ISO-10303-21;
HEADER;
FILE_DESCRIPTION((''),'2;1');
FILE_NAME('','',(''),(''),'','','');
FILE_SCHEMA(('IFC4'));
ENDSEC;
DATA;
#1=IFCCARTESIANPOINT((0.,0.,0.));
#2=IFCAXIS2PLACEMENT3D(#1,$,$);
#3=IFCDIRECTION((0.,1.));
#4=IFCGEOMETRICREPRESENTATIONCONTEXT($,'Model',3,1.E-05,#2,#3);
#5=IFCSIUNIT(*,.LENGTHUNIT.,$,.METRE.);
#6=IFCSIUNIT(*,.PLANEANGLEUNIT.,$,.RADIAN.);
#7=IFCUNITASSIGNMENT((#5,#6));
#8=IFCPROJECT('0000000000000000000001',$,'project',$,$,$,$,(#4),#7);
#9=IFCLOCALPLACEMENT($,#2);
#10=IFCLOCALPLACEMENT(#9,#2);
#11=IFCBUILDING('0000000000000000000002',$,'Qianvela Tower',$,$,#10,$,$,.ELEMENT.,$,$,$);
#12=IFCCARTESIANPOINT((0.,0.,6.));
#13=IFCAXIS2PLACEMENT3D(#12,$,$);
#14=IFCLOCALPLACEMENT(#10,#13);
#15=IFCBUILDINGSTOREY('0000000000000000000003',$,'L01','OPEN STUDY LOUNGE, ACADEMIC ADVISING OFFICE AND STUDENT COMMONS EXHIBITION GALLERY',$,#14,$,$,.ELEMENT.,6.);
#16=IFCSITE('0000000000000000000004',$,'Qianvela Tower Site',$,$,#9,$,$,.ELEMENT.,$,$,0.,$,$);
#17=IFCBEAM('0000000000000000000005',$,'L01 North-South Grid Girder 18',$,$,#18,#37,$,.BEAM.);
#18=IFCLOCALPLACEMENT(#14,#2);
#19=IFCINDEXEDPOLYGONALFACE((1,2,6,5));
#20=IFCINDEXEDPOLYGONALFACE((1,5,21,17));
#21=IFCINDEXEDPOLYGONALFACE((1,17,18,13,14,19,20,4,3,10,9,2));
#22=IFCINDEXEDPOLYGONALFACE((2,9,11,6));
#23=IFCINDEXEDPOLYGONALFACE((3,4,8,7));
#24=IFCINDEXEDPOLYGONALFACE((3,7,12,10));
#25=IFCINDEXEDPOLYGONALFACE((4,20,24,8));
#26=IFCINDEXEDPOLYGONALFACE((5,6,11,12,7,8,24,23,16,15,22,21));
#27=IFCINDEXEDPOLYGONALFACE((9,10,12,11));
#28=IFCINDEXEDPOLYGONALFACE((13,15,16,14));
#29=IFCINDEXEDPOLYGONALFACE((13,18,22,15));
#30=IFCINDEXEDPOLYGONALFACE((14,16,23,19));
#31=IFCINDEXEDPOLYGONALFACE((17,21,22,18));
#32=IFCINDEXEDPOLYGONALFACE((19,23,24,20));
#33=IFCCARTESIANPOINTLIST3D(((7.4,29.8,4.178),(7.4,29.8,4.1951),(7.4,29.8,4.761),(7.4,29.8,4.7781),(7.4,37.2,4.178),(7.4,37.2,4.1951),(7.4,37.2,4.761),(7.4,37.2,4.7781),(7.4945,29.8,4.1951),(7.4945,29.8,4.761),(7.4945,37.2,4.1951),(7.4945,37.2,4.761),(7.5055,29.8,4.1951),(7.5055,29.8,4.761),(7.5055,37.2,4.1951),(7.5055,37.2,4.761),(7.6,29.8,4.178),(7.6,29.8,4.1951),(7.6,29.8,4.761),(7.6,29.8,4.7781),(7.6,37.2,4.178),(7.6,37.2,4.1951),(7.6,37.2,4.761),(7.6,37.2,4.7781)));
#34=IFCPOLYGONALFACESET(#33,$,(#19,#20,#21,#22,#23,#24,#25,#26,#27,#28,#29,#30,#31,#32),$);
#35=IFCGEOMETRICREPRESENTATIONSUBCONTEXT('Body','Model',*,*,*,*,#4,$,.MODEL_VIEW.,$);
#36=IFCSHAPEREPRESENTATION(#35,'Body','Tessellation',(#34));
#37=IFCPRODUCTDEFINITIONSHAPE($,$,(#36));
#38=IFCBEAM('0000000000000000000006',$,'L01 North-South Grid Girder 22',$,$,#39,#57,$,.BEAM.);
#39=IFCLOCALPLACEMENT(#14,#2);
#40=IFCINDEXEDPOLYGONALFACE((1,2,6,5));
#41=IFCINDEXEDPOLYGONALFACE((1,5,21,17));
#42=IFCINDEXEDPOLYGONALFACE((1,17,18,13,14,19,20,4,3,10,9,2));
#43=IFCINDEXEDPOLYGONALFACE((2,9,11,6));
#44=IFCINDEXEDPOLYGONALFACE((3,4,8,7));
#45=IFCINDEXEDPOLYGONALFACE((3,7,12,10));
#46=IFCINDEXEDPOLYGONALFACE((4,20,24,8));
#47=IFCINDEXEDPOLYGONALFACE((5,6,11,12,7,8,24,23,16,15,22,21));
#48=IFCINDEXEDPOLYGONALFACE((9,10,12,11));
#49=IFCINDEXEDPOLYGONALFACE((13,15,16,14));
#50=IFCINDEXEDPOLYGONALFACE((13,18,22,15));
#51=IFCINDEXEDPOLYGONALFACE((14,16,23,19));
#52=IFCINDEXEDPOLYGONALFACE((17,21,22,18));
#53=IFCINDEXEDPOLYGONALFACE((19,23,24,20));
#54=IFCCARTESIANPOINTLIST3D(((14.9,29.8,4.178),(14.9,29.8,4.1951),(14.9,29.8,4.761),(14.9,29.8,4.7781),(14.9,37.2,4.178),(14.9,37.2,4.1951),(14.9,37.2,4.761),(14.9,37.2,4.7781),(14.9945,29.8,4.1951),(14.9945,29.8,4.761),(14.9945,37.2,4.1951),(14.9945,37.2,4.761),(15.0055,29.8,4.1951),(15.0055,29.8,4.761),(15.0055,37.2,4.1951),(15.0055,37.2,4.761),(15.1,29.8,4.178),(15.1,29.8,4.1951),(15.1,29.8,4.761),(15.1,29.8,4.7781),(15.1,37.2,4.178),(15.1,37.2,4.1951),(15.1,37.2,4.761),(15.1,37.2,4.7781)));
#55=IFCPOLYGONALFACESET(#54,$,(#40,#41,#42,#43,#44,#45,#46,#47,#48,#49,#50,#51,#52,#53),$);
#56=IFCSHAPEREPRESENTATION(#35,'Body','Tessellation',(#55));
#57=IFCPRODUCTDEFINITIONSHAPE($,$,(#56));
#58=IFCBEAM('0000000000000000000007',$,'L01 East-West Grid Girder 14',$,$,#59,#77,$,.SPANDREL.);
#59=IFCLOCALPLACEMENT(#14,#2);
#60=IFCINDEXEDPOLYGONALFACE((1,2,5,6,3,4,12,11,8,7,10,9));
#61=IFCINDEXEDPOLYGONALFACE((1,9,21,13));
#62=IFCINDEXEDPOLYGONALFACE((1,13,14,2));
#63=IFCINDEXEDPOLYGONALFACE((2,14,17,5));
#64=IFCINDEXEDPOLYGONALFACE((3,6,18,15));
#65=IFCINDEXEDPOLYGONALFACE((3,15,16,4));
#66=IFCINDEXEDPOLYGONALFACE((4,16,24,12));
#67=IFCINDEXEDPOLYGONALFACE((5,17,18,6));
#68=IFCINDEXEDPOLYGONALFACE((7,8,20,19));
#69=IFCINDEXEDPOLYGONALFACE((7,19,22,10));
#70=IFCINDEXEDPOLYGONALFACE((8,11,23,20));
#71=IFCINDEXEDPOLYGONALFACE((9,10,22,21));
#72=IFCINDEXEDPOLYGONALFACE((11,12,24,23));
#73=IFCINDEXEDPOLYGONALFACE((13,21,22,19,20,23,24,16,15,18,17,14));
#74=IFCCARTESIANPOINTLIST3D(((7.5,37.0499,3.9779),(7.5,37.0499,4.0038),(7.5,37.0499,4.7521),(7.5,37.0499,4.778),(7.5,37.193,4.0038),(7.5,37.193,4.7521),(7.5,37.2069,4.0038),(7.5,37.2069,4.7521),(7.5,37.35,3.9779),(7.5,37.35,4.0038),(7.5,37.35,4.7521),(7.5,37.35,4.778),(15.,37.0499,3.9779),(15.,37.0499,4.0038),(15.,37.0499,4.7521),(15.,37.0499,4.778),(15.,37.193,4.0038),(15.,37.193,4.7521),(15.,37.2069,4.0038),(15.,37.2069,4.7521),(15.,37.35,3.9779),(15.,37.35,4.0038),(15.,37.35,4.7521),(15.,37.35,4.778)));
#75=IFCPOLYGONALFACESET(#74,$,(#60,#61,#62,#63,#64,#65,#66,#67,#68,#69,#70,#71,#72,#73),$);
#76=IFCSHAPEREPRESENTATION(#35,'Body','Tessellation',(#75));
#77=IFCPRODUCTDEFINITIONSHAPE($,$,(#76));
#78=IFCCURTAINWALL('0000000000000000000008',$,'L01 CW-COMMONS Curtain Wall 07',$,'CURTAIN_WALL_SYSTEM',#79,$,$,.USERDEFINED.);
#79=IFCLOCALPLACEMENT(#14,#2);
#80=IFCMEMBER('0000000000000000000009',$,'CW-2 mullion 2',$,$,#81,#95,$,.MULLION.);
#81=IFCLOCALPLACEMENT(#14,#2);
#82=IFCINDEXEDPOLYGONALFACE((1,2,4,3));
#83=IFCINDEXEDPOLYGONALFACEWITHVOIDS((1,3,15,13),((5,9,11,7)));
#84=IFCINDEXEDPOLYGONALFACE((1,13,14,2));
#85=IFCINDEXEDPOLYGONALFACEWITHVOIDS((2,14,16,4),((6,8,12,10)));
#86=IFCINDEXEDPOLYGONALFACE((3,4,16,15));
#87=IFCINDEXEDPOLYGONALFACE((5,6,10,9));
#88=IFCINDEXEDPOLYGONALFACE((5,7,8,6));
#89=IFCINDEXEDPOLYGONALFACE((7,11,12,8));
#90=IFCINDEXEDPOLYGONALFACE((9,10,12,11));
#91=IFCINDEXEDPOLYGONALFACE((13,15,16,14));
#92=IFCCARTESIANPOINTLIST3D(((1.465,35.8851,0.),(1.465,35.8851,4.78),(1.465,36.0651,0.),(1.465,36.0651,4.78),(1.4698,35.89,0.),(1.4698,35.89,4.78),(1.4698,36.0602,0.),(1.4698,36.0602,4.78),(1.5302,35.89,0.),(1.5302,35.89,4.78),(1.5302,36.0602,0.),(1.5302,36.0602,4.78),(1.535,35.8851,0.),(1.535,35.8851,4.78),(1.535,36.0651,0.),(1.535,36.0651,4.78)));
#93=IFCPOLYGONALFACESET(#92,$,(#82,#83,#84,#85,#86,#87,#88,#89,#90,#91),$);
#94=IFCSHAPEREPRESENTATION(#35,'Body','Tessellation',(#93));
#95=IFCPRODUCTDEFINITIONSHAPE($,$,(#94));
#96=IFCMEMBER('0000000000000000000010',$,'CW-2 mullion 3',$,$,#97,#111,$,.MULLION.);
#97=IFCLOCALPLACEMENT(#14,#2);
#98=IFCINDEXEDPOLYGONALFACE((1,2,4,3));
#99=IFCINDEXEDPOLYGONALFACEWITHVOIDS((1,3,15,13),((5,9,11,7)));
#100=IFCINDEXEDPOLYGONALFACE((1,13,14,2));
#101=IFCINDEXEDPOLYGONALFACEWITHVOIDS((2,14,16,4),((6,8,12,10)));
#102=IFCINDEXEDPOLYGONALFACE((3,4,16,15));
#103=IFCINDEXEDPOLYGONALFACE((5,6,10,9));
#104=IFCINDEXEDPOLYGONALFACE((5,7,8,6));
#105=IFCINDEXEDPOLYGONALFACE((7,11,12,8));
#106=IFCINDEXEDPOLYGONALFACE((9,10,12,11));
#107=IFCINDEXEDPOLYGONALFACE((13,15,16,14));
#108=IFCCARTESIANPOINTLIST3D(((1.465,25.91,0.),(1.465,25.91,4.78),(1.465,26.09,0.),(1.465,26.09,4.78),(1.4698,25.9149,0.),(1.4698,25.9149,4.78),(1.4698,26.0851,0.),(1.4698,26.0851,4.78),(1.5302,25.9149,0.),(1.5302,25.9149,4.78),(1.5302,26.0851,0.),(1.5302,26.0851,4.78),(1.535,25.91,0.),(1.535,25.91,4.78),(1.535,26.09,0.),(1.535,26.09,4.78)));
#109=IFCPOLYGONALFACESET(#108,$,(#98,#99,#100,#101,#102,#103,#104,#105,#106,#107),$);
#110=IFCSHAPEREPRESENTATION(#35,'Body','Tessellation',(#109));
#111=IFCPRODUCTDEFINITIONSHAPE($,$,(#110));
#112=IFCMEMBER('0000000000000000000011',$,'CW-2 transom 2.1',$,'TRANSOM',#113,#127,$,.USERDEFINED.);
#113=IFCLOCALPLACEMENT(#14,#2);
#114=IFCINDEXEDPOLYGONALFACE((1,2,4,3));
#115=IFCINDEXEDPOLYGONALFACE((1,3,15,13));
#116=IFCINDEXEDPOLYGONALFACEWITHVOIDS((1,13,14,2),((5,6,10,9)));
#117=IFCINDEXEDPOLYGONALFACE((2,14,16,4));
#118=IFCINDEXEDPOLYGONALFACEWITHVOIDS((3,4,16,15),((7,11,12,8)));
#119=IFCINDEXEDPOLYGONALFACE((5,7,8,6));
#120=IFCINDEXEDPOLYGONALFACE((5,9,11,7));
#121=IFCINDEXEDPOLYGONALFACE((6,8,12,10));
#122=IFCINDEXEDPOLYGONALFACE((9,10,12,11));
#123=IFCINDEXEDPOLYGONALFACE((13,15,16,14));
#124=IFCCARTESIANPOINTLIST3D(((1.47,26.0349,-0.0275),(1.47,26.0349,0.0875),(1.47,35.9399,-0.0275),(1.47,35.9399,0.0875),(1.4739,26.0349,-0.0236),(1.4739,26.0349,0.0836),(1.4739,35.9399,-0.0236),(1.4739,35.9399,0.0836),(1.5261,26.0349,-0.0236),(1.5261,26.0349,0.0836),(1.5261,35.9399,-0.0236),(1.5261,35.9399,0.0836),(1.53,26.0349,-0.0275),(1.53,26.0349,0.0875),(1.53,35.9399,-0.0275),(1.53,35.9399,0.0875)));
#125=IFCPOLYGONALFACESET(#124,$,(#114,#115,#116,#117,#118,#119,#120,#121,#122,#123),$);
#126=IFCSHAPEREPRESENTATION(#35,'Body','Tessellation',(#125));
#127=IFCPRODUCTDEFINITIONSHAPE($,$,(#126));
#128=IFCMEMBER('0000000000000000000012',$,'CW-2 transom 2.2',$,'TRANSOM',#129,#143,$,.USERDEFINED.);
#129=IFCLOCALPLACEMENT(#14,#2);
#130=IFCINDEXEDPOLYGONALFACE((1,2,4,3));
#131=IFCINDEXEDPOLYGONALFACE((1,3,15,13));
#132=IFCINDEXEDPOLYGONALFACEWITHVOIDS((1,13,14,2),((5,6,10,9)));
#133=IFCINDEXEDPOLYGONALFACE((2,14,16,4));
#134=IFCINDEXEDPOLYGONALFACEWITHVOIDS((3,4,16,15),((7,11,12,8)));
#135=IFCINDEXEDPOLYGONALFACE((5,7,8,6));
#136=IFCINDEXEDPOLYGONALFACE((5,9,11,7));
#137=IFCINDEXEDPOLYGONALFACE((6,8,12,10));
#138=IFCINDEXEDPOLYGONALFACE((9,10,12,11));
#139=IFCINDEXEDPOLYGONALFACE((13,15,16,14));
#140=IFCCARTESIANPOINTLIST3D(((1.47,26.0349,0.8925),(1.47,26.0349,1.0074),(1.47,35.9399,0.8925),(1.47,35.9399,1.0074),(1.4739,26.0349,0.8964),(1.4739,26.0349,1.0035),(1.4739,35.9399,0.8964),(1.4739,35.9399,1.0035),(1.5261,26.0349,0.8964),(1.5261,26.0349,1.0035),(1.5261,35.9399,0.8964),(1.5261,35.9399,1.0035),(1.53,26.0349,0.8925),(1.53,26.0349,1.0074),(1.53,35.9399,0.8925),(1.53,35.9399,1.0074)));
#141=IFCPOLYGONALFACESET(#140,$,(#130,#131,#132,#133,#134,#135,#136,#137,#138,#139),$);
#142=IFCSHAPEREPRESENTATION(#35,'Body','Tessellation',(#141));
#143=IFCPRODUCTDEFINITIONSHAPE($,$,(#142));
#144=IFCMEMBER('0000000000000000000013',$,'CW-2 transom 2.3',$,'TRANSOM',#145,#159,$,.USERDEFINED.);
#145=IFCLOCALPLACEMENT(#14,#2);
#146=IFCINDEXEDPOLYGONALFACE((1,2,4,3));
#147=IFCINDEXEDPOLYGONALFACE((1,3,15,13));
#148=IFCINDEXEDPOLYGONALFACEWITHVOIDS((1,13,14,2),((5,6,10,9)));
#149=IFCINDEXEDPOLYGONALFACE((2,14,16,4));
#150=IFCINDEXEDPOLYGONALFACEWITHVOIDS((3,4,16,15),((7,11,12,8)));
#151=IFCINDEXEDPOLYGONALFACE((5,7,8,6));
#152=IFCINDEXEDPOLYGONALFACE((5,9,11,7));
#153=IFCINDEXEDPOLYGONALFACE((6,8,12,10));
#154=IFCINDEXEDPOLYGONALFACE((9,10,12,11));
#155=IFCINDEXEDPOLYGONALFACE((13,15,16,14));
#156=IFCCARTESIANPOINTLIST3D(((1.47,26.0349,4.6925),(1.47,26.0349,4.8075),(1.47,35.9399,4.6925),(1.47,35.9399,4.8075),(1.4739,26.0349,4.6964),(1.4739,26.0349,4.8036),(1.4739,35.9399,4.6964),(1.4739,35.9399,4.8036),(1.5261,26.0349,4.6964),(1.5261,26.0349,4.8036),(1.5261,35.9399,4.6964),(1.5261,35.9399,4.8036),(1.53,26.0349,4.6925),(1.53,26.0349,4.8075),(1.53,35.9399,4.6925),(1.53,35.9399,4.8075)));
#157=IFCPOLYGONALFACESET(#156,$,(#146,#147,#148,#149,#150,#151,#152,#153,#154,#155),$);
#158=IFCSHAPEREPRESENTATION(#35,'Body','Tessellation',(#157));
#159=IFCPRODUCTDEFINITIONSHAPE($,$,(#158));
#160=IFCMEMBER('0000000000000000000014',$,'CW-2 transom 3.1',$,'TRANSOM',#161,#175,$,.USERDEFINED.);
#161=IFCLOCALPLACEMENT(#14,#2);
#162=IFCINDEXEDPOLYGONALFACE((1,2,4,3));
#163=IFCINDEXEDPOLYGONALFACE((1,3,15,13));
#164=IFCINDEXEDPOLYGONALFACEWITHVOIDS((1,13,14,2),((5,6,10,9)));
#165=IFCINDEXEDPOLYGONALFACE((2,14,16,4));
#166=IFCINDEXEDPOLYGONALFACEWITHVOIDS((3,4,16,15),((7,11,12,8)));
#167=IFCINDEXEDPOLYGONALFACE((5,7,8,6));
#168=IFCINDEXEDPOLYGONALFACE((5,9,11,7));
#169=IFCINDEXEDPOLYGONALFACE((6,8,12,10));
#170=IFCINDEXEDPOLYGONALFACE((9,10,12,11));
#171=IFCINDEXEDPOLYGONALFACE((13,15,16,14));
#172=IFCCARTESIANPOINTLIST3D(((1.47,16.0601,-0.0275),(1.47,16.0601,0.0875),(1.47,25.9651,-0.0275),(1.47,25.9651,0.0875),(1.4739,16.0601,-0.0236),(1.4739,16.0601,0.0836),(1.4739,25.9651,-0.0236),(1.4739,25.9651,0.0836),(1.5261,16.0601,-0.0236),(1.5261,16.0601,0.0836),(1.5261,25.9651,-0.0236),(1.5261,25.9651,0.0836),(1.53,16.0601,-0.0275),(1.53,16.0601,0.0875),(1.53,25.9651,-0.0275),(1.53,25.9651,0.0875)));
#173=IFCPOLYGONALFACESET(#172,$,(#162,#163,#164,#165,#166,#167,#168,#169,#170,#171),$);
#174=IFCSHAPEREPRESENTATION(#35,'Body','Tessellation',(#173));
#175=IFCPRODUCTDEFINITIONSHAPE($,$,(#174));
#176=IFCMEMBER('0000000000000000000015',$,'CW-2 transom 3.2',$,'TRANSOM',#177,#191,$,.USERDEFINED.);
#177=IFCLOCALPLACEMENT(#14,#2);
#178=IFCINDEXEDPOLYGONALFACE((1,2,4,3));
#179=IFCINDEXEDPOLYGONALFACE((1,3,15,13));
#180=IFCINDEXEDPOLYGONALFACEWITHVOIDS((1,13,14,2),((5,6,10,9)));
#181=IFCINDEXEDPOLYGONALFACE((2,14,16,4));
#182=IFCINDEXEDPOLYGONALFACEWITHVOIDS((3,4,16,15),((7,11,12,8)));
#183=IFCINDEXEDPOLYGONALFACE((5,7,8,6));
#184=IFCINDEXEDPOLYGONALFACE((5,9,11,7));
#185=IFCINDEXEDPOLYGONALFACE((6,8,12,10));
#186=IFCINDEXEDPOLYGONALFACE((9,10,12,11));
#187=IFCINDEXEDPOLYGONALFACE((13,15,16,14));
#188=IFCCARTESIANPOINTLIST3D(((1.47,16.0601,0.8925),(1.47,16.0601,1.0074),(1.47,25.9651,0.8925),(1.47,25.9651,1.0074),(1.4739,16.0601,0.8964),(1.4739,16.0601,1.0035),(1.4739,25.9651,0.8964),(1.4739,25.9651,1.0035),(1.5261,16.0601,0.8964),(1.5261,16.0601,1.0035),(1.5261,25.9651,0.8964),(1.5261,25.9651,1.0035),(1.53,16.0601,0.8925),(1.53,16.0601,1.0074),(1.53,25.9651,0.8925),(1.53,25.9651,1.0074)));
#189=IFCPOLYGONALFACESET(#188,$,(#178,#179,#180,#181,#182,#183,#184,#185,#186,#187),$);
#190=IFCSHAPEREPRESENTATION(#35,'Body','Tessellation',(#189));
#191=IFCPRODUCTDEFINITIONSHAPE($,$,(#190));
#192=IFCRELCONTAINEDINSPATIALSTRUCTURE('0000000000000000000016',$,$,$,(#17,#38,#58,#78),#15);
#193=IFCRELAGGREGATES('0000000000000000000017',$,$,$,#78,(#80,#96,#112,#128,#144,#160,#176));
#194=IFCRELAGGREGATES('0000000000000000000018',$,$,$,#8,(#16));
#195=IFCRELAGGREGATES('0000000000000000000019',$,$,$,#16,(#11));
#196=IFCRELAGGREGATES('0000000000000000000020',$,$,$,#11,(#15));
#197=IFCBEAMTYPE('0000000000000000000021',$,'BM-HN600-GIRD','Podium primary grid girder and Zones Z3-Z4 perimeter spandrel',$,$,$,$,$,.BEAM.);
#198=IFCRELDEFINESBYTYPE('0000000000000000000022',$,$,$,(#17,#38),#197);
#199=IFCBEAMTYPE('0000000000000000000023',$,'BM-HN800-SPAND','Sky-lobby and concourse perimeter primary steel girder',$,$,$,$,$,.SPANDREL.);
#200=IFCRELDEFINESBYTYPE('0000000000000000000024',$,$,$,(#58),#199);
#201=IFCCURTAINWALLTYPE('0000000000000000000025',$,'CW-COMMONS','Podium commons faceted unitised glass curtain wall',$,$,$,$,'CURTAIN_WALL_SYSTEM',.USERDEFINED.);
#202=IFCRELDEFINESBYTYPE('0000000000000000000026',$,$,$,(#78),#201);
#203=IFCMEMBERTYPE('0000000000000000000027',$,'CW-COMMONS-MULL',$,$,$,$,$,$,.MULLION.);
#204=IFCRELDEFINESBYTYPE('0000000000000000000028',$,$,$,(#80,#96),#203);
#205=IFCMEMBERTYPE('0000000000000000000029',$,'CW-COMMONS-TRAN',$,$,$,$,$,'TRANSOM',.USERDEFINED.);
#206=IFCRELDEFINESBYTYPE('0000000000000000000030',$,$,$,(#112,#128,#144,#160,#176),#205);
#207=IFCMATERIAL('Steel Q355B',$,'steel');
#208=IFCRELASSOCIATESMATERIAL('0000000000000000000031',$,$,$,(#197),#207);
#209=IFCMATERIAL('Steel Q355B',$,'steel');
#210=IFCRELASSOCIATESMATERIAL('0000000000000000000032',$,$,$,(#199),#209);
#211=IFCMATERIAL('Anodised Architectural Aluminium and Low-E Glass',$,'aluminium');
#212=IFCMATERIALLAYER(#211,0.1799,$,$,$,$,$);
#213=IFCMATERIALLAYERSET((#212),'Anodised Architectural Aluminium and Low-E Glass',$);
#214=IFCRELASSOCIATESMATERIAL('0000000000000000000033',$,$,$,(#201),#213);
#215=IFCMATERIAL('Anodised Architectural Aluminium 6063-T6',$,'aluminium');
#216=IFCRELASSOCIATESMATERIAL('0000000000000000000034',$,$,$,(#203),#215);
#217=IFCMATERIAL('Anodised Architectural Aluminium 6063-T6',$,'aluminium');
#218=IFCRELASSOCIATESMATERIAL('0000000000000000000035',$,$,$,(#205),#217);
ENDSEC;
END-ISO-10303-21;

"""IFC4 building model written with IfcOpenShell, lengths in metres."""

from ifc_helpers import new_model, si_unit, direction, frame, origin, origin_2d, place, context, subcontext, project, spatial, hollow_rectangle, i_section, extrude, material, layer, layer_set, material_profile, profile_set, type_object, element, aggregate, save


model = new_model("IFC4")

# Units and contexts
model_context = context("Model", 3, precision=1e-05, world=origin(), true_north=direction((0.0, 1.0)))
body_context = subcontext(model_context, "Body", "Model", "MODEL_VIEW")
ifc_project = project(units=[si_unit("LENGTHUNIT", "METRE"), si_unit("PLANEANGLEUNIT", "RADIAN")], contexts=[model_context])

# Site, building, storey
site_placement = place(None, origin())
site = spatial("IfcSite", under=ifc_project, at=site_placement, Name="Qianvela Tower Site", CompositionType="ELEMENT", RefElevation=0.0)
building_placement = place(site_placement, origin())
building = spatial("IfcBuilding", under=site, at=building_placement, Name="Qianvela Tower", CompositionType="ELEMENT")
storey_placement = place(building_placement, frame((0.0, 0.0, 6.0)))
storey = spatial("IfcBuildingStorey", under=building, at=storey_placement, Name="L01", Description="OPEN STUDY LOUNGE, ACADEMIC ADVISING OFFICE AND STUDENT COMMONS EXHIBITION GALLERY", CompositionType="ELEMENT", Elevation=6.0)

# Beams
ifc_material_1 = material(Name="Steel Q355B", Category="steel")
ifc_material_profile_1 = material_profile(ifc_material_1, i_section(OverallWidth=0.2, OverallDepth=0.6001, WebThickness=0.011, FlangeThickness=0.0171, at=origin_2d()), Name="HN600x200x11x17")
ifc_profile_set_1 = profile_set([ifc_material_profile_1], Name="Steel Q355B")
beam_type_1 = type_object("IfcBeamType", Name="BM-HN600-GIRD", Description="Podium primary grid girder and Zones Z3-Z4 perimeter spandrel", PredefinedType="BEAM", material=ifc_profile_set_1)
for number, where, z_axis, x_axis, name in (
    (1, (7.5, 29.8, 4.478), (0.0, 1.0, 0.0), (-1.0, 0.0, 0.0), "L01 North-South Grid Girder 18"),
    (2, (15.0, 29.8, 4.478), (0.0, 1.0, 0.0), (-1.0, 0.0, 0.0), "L01 North-South Grid Girder 22"),
):
    element("IfcBeam", number, at=place(storey_placement, frame(where, z_axis=z_axis, x_axis=x_axis)), inside=storey, type_object=beam_type_1, Name=name, PredefinedType="BEAM", context=body_context, shape_type="SweptSolid", body=[
        extrude(i_section(OverallWidth=0.2, OverallDepth=0.6001, WebThickness=0.011, FlangeThickness=0.0171, at=origin_2d()), origin(), (0.0, 0.0, 1.0), 7.3999),
    ])
ifc_material_2 = material(Name="Steel Q355B", Category="steel")
ifc_material_profile_2 = material_profile(ifc_material_2, i_section(OverallWidth=0.3, OverallDepth=0.8, WebThickness=0.0139, FlangeThickness=0.0259, at=origin_2d()), Name="HN800x300x14x26")
ifc_profile_set_2 = profile_set([ifc_material_profile_2], Name="Steel Q355B")
beam_type_2 = type_object("IfcBeamType", Name="BM-HN800-SPAND", Description="Sky-lobby and concourse perimeter primary steel girder", PredefinedType="SPANDREL", material=ifc_profile_set_2)
beam_placement = place(storey_placement, frame((7.5, 37.2, 4.3779), z_axis=(1.0, 0.0, 0.0), x_axis=(0.0, 1.0, 0.0)))
element("IfcBeam", 3, at=beam_placement, inside=storey, type_object=beam_type_2, Name="L01 East-West Grid Girder 14", PredefinedType="SPANDREL", context=body_context, shape_type="SweptSolid", body=[
    extrude(i_section(OverallWidth=0.3, OverallDepth=0.8, WebThickness=0.0139, FlangeThickness=0.0259, at=origin_2d()), origin(), (0.0, 0.0, 1.0), 7.5),
])

# Curtain wall, members
ifc_material_3 = material(Name="Anodised Architectural Aluminium and Low-E Glass", Category="aluminium")
ifc_layer_1 = layer(ifc_material_3, 0.1799)
ifc_layer_set_1 = layer_set([ifc_layer_1], Name="Anodised Architectural Aluminium and Low-E Glass")
curtain_wall_type = type_object("IfcCurtainWallType", Name="CW-COMMONS", Description="Podium commons faceted unitised glass curtain wall", ElementType="CURTAIN_WALL_SYSTEM", PredefinedType="USERDEFINED", material=ifc_layer_set_1)
curtain_wall_placement = place(storey_placement, origin())
curtain_wall = element("IfcCurtainWall", 4, at=curtain_wall_placement, inside=storey, type_object=curtain_wall_type, Name="L01 CW-COMMONS Curtain Wall 07", ObjectType="CURTAIN_WALL_SYSTEM", PredefinedType="USERDEFINED")
ifc_material_4 = material(Name="Anodised Architectural Aluminium 6063-T6", Category="aluminium")
ifc_material_profile_3 = material_profile(ifc_material_4, hollow_rectangle(XDim=0.0701, YDim=0.1799, WallThickness=0.0049, at=origin_2d()), Name="ALU-MULL-70x180")
ifc_profile_set_3 = profile_set([ifc_material_profile_3], Name="Anodised Architectural Aluminium 6063-T6")
member_type_1 = type_object("IfcMemberType", Name="CW-COMMONS-MULL", PredefinedType="MULLION", material=ifc_profile_set_3)
member_1_placement = place(storey_placement, frame((1.5, 35.9751, 0.0), z_axis=(0.0, 0.0, 1.0), x_axis=(1.0, 0.0, 0.0)))
member_1 = element("IfcMember", 5, at=member_1_placement, type_object=member_type_1, Name="CW-2 mullion 2", PredefinedType="MULLION", context=body_context, shape_type="SweptSolid", body=[
    extrude(hollow_rectangle(XDim=0.0701, YDim=0.1799, WallThickness=0.0049, at=origin_2d()), origin(), (0.0, 0.0, 1.0), 4.78),
])
member_2_placement = place(storey_placement, frame((1.5, 26.0, 0.0), z_axis=(0.0, 0.0, 1.0), x_axis=(1.0, 0.0, 0.0)))
member_2 = element("IfcMember", 6, at=member_2_placement, type_object=member_type_1, Name="CW-2 mullion 3", PredefinedType="MULLION", context=body_context, shape_type="SweptSolid", body=[
    extrude(hollow_rectangle(XDim=0.0701, YDim=0.1799, WallThickness=0.0049, at=origin_2d()), origin(), (0.0, 0.0, 1.0), 4.78),
])
ifc_material_5 = material(Name="Anodised Architectural Aluminium 6063-T6", Category="aluminium")
ifc_material_profile_4 = material_profile(ifc_material_5, hollow_rectangle(XDim=0.0601, YDim=0.115, WallThickness=0.0039, at=origin_2d()), Name="ALU-TRAN-60x115")
ifc_profile_set_4 = profile_set([ifc_material_profile_4], Name="Anodised Architectural Aluminium 6063-T6")
member_type_2 = type_object("IfcMemberType", Name="CW-COMMONS-TRAN", ElementType="TRANSOM", PredefinedType="USERDEFINED", material=ifc_profile_set_4)
member_3_placement = place(storey_placement, frame((1.5, 35.9399, 0.03), z_axis=(0.0, -1.0, 0.0), x_axis=(1.0, 0.0, 0.0)))
member_3 = element("IfcMember", 7, at=member_3_placement, type_object=member_type_2, Name="CW-2 transom 2.1", ObjectType="TRANSOM", PredefinedType="USERDEFINED", context=body_context, shape_type="SweptSolid", body=[
    extrude(hollow_rectangle(XDim=0.0601, YDim=0.115, WallThickness=0.0039, at=origin_2d()), origin(), (0.0, 0.0, 1.0), 9.905),
])
member_4_placement = place(storey_placement, frame((1.5, 35.9399, 0.95), z_axis=(0.0, -1.0, 0.0), x_axis=(1.0, 0.0, 0.0)))
member_4 = element("IfcMember", 8, at=member_4_placement, type_object=member_type_2, Name="CW-2 transom 2.2", ObjectType="TRANSOM", PredefinedType="USERDEFINED", context=body_context, shape_type="SweptSolid", body=[
    extrude(hollow_rectangle(XDim=0.0601, YDim=0.115, WallThickness=0.0039, at=origin_2d()), origin(), (0.0, 0.0, 1.0), 9.905),
])
member_5_placement = place(storey_placement, frame((1.5, 35.9399, 4.75), z_axis=(0.0, -1.0, 0.0), x_axis=(1.0, 0.0, 0.0)))
member_5 = element("IfcMember", 9, at=member_5_placement, type_object=member_type_2, Name="CW-2 transom 2.3", ObjectType="TRANSOM", PredefinedType="USERDEFINED", context=body_context, shape_type="SweptSolid", body=[
    extrude(hollow_rectangle(XDim=0.0601, YDim=0.115, WallThickness=0.0039, at=origin_2d()), origin(), (0.0, 0.0, 1.0), 9.905),
])
member_6_placement = place(storey_placement, frame((1.5, 25.9651, 0.03), z_axis=(0.0, -1.0, 0.0), x_axis=(1.0, 0.0, 0.0)))
member_6 = element("IfcMember", 10, at=member_6_placement, type_object=member_type_2, Name="CW-2 transom 3.1", ObjectType="TRANSOM", PredefinedType="USERDEFINED", context=body_context, shape_type="SweptSolid", body=[
    extrude(hollow_rectangle(XDim=0.0601, YDim=0.115, WallThickness=0.0039, at=origin_2d()), origin(), (0.0, 0.0, 1.0), 9.905),
])
member_7_placement = place(storey_placement, frame((1.5, 25.9651, 0.95), z_axis=(0.0, -1.0, 0.0), x_axis=(1.0, 0.0, 0.0)))
member_7 = element("IfcMember", 11, at=member_7_placement, type_object=member_type_2, Name="CW-2 transom 3.2", ObjectType="TRANSOM", PredefinedType="USERDEFINED", context=body_context, shape_type="SweptSolid", body=[
    extrude(hollow_rectangle(XDim=0.0601, YDim=0.115, WallThickness=0.0039, at=origin_2d()), origin(), (0.0, 0.0, 1.0), 9.905),
])
aggregate(curtain_wall, [member_1, member_2, member_3, member_4, member_5, member_6, member_7])

save(model, "model.ifc")
